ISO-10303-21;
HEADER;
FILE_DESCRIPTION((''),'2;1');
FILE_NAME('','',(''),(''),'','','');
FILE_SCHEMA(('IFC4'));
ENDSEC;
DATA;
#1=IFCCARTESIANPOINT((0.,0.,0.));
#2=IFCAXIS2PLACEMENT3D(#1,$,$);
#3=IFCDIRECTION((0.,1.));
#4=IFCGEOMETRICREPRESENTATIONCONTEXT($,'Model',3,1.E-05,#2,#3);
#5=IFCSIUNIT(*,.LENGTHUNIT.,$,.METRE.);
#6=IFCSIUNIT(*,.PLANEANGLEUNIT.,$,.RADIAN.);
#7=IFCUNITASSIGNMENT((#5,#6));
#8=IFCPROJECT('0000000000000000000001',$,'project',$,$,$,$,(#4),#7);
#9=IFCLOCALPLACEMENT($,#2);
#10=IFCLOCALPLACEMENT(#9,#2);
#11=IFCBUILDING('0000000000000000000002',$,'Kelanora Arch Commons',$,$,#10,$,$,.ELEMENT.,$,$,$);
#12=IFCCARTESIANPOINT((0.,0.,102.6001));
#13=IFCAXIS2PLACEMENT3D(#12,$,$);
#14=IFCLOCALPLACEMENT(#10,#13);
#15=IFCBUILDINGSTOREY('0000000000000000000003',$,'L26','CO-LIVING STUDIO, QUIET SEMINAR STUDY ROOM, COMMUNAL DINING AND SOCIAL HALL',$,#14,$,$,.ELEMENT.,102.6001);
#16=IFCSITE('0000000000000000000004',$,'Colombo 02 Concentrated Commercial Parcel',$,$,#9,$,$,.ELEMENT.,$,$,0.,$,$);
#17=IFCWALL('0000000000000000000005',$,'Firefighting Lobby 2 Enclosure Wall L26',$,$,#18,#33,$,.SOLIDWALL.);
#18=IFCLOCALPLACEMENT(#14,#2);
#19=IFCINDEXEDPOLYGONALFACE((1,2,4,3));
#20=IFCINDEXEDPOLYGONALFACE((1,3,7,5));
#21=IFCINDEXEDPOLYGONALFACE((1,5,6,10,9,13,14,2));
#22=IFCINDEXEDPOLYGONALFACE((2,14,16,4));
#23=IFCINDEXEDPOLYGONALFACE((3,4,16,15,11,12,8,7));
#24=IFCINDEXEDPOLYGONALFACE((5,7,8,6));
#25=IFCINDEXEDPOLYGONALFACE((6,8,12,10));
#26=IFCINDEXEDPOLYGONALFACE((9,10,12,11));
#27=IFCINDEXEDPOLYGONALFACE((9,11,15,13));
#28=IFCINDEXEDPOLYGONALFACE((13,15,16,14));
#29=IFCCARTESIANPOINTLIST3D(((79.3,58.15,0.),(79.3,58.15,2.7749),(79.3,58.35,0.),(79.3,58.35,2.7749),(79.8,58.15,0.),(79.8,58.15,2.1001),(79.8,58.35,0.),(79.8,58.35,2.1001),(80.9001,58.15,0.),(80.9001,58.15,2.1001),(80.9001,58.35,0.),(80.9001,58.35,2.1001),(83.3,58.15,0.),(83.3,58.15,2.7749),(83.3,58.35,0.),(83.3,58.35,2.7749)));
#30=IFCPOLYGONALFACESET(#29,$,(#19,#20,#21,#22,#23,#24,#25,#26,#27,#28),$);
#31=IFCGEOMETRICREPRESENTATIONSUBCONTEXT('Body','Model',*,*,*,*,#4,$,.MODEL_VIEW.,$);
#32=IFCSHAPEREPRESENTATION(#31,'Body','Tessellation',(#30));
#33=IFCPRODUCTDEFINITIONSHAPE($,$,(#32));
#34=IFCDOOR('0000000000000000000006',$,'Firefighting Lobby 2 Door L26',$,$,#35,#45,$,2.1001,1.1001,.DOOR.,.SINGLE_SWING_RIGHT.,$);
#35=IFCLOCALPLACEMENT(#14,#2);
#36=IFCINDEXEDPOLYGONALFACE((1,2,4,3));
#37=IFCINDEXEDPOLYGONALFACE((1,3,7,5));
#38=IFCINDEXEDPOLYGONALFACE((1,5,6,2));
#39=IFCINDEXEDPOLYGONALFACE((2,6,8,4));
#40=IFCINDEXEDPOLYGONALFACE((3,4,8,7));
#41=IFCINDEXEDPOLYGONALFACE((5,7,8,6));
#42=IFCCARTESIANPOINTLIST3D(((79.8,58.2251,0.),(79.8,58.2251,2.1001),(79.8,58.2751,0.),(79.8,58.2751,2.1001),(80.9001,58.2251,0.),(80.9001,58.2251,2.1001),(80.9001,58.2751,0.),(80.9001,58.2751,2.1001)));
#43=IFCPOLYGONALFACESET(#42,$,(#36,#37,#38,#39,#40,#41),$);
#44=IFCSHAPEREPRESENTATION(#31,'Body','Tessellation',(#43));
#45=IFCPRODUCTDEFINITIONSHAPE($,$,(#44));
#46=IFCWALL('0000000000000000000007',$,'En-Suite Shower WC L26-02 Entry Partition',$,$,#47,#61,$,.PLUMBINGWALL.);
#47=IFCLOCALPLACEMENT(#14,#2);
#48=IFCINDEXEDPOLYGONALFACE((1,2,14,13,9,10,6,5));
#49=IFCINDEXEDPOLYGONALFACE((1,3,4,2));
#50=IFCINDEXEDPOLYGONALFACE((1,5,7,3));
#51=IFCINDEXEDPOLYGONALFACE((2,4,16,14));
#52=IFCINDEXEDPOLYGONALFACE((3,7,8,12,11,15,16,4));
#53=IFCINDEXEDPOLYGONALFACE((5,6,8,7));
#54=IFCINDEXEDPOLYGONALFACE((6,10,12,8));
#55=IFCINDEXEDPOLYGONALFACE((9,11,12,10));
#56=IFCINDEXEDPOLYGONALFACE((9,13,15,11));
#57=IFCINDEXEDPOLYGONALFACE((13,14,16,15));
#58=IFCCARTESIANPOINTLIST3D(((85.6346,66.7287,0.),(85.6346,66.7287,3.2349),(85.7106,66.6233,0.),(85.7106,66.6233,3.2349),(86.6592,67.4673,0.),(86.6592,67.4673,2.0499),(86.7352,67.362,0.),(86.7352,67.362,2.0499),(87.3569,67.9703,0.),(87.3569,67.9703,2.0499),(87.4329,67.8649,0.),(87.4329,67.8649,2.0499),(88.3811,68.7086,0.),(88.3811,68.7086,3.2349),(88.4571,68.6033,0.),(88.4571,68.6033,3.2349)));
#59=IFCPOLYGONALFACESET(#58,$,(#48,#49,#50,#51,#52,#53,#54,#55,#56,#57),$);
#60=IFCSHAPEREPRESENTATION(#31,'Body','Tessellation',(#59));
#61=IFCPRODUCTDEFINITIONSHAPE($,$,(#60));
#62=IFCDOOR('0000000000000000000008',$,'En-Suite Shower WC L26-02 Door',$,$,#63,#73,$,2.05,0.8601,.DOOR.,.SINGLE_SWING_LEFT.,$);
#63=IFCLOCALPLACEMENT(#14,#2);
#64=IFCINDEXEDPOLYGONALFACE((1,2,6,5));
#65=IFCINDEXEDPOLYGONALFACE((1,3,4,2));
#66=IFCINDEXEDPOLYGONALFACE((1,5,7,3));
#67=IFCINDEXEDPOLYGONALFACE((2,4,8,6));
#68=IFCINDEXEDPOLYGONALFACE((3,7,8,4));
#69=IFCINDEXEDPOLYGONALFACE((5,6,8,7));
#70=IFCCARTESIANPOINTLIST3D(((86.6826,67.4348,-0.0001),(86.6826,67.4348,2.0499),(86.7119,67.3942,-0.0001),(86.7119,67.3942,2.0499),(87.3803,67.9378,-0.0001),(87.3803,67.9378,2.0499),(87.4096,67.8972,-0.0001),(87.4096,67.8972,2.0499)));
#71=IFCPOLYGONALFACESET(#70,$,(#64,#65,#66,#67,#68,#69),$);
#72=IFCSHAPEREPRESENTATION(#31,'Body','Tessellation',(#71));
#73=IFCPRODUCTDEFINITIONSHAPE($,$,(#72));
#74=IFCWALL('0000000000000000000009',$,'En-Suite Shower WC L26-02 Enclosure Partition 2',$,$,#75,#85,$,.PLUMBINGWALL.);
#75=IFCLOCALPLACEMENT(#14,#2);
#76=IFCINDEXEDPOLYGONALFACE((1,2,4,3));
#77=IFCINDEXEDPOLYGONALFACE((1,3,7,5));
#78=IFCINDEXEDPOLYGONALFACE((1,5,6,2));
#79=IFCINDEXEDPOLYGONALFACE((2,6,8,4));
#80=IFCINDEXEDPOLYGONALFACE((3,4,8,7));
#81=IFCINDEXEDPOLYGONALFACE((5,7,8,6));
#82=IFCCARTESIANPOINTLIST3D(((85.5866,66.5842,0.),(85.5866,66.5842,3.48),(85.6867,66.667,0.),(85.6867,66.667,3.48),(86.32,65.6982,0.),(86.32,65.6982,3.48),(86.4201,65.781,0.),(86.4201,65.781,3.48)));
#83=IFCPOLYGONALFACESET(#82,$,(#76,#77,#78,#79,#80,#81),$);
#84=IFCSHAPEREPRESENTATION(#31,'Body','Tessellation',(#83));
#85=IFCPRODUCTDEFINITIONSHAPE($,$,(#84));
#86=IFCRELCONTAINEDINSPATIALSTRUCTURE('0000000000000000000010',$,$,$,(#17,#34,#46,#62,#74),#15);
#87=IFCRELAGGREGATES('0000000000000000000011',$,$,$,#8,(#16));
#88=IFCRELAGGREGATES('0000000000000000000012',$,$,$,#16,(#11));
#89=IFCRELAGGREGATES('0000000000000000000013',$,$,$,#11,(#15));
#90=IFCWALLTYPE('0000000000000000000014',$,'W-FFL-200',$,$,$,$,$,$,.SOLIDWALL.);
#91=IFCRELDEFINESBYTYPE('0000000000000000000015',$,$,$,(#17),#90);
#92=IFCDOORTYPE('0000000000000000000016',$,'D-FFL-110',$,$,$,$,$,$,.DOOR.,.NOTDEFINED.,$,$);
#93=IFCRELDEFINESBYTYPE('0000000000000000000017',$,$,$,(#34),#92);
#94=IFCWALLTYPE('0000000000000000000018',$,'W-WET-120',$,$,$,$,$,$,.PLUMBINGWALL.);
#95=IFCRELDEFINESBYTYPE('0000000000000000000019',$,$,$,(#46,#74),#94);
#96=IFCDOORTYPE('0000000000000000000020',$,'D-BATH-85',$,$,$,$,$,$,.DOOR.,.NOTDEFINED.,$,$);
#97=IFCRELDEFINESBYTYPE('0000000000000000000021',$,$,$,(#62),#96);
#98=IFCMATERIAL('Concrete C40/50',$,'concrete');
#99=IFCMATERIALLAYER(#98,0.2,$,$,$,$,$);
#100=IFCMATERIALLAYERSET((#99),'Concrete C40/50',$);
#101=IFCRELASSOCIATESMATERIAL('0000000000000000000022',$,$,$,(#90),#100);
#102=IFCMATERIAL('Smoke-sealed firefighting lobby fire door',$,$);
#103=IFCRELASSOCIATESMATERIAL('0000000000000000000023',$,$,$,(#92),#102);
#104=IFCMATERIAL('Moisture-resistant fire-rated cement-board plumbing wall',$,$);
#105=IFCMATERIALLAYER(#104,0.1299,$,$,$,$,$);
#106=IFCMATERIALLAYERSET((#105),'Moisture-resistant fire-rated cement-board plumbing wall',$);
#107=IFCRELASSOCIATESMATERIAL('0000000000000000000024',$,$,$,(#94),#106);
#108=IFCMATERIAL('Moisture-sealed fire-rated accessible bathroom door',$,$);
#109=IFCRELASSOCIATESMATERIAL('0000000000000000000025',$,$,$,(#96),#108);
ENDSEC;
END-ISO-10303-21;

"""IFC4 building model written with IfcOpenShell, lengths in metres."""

from ifc_helpers import new_model, si_unit, direction, frame, frame_2d, origin, place, context, subcontext, project, spatial, rectangle, extrude, material, layer, layer_set, type_object, element, fill, save


model = new_model("IFC4")

# Units and contexts
model_context = context("Model", 3, precision=1e-05, world=origin(), true_north=direction((0.0, 1.0)))
body_context = subcontext(model_context, "Body", "Model", "MODEL_VIEW")
ifc_project = project(units=[si_unit("LENGTHUNIT", "METRE"), si_unit("PLANEANGLEUNIT", "RADIAN")], contexts=[model_context])

# Site, building, storey
site_placement = place(None, origin())
site = spatial("IfcSite", under=ifc_project, at=site_placement, Name="Colombo 02 Concentrated Commercial Parcel", CompositionType="ELEMENT", RefElevation=0.0)
building_placement = place(site_placement, origin())
building = spatial("IfcBuilding", under=site, at=building_placement, Name="Kelanora Arch Commons", CompositionType="ELEMENT")
storey_placement = place(building_placement, frame((0.0, 0.0, 102.6001)))
storey = spatial("IfcBuildingStorey", under=building, at=storey_placement, Name="L26", Description="CO-LIVING STUDIO, QUIET SEMINAR STUDY ROOM, COMMUNAL DINING AND SOCIAL HALL", CompositionType="ELEMENT", Elevation=102.6001)

# Walls, openings, doors
ifc_material_1 = material(Name="Concrete C40/50", Category="concrete")
ifc_layer_1 = layer(ifc_material_1, 0.2)
ifc_layer_set_1 = layer_set([ifc_layer_1], Name="Concrete C40/50")
wall_type_1 = type_object("IfcWallType", Name="W-FFL-200", PredefinedType="SOLIDWALL", material=ifc_layer_set_1)
wall_1_placement = place(storey_placement, frame((79.3, 58.25, 0.0), z_axis=(0.0, 0.0, 1.0), x_axis=(1.0, 0.0, 0.0)))
wall_1 = element("IfcWall", 1, at=wall_1_placement, inside=storey, type_object=wall_type_1, Name="Firefighting Lobby 2 Enclosure Wall L26", PredefinedType="SOLIDWALL", context=body_context, shape_type="SweptSolid", body=[
    extrude(rectangle(XDim=4.0, YDim=0.2, at=frame_2d((2.0, 0.0))), origin(), (0.0, 0.0, 1.0), 2.7749),
])
opening_1_placement = place(wall_1_placement, frame((0.5, 0.0, 0.0)))
opening_1 = element("IfcOpeningElement", 2, at=opening_1_placement, cuts=wall_1, PredefinedType="OPENING", context=body_context, shape_type="SweptSolid", body=[
    extrude(rectangle(XDim=1.1001, YDim=2.1001, at=frame_2d((0.55, 1.05))), frame((0.0, 0.1099, 0.0), z_axis=(0.0, -1.0, 0.0), x_axis=(1.0, 0.0, 0.0)), (0.0, 0.0, 1.0), 0.22),
])
ifc_material_2 = material(Name="Smoke-sealed firefighting lobby fire door")
door_type_1 = type_object("IfcDoorType", Name="D-FFL-110", OperationType="NOTDEFINED", PredefinedType="DOOR", material=ifc_material_2)
door_1_placement = place(opening_1_placement, frame((1.1001, 0.0, 0.0), z_axis=(0.0, 0.0, 1.0), x_axis=(-1.0, 0.0, 0.0)))
door_1 = element("IfcDoor", 3, at=door_1_placement, inside=storey, type_object=door_type_1, Name="Firefighting Lobby 2 Door L26", OperationType="SINGLE_SWING_RIGHT", OverallHeight=2.1001, OverallWidth=1.1001, PredefinedType="DOOR", context=body_context, shape_type="SweptSolid", body=[
    extrude(rectangle(XDim=1.1001, YDim=2.1001, at=frame_2d((0.55, 1.05))), frame((0.0, 0.0249, 0.0), z_axis=(0.0, -1.0, 0.0), x_axis=(1.0, 0.0, 0.0)), (0.0, 0.0, 1.0), 0.05),
])
fill(opening_1, door_1)
ifc_material_3 = material(Name="Moisture-resistant fire-rated cement-board plumbing wall")
ifc_layer_2 = layer(ifc_material_3, 0.1299)
ifc_layer_set_2 = layer_set([ifc_layer_2], Name="Moisture-resistant fire-rated cement-board plumbing wall")
wall_type_2 = type_object("IfcWallType", Name="W-WET-120", PredefinedType="PLUMBINGWALL", material=ifc_layer_set_2)
wall_2_placement = place(storey_placement, frame((85.6726, 66.676, 0.0), z_axis=(0.0, 0.0, 1.0), x_axis=(0.811192, 0.58478, 0.0)))
wall_2 = element("IfcWall", 4, at=wall_2_placement, inside=storey, type_object=wall_type_2, Name="En-Suite Shower WC L26-02 Entry Partition", PredefinedType="PLUMBINGWALL", context=body_context, shape_type="SweptSolid", body=[
    extrude(rectangle(XDim=3.3857, YDim=0.1299, at=frame_2d((1.6929, 0.0))), origin(), (0.0, 0.0, 1.0), 3.2349),
])
opening_2_placement = place(wall_2_placement, frame((1.2629, 0.0, 0.0)))
opening_2 = element("IfcOpeningElement", 5, at=opening_2_placement, cuts=wall_2, PredefinedType="OPENING", context=body_context, shape_type="SweptSolid", body=[
    extrude(rectangle(XDim=0.8601, YDim=2.05, at=frame_2d((0.4302, 1.0249))), frame((0.0, 0.075, 0.0), z_axis=(0.0, -1.0, 0.0), x_axis=(1.0, 0.0, 0.0)), (0.0, 0.0, 1.0), 0.1499),
])
ifc_material_4 = material(Name="Moisture-sealed fire-rated accessible bathroom door")
door_type_2 = type_object("IfcDoorType", Name="D-BATH-85", OperationType="NOTDEFINED", PredefinedType="DOOR", material=ifc_material_4)
door_2_placement = place(opening_2_placement, origin())
door_2 = element("IfcDoor", 6, at=door_2_placement, inside=storey, type_object=door_type_2, Name="En-Suite Shower WC L26-02 Door", OperationType="SINGLE_SWING_LEFT", OverallHeight=2.05, OverallWidth=0.8601, PredefinedType="DOOR", context=body_context, shape_type="SweptSolid", body=[
    extrude(rectangle(XDim=0.8601, YDim=2.05, at=frame_2d((0.4302, 1.0249))), frame((0.0, 0.0249, 0.0), z_axis=(0.0, -1.0, 0.0), x_axis=(1.0, 0.0, 0.0)), (0.0, 0.0, 1.0), 0.05),
])
fill(opening_2, door_2)

# Wall
wall_3_placement = place(storey_placement, frame((86.3701, 65.7395, 0.0), z_axis=(0.0, 0.0, 1.0), x_axis=(-0.637655, 0.770322, 0.0)))
element("IfcWall", 7, at=wall_3_placement, inside=storey, type_object=wall_type_2, Name="En-Suite Shower WC L26-02 Enclosure Partition 2", PredefinedType="PLUMBINGWALL", context=body_context, shape_type="SweptSolid", body=[
    extrude(rectangle(XDim=1.1501, YDim=0.1299, at=frame_2d((0.5752, 0.0))), origin(), (0.0, 0.0, 1.0), 3.48),
])

save(model, "model.ifc")
